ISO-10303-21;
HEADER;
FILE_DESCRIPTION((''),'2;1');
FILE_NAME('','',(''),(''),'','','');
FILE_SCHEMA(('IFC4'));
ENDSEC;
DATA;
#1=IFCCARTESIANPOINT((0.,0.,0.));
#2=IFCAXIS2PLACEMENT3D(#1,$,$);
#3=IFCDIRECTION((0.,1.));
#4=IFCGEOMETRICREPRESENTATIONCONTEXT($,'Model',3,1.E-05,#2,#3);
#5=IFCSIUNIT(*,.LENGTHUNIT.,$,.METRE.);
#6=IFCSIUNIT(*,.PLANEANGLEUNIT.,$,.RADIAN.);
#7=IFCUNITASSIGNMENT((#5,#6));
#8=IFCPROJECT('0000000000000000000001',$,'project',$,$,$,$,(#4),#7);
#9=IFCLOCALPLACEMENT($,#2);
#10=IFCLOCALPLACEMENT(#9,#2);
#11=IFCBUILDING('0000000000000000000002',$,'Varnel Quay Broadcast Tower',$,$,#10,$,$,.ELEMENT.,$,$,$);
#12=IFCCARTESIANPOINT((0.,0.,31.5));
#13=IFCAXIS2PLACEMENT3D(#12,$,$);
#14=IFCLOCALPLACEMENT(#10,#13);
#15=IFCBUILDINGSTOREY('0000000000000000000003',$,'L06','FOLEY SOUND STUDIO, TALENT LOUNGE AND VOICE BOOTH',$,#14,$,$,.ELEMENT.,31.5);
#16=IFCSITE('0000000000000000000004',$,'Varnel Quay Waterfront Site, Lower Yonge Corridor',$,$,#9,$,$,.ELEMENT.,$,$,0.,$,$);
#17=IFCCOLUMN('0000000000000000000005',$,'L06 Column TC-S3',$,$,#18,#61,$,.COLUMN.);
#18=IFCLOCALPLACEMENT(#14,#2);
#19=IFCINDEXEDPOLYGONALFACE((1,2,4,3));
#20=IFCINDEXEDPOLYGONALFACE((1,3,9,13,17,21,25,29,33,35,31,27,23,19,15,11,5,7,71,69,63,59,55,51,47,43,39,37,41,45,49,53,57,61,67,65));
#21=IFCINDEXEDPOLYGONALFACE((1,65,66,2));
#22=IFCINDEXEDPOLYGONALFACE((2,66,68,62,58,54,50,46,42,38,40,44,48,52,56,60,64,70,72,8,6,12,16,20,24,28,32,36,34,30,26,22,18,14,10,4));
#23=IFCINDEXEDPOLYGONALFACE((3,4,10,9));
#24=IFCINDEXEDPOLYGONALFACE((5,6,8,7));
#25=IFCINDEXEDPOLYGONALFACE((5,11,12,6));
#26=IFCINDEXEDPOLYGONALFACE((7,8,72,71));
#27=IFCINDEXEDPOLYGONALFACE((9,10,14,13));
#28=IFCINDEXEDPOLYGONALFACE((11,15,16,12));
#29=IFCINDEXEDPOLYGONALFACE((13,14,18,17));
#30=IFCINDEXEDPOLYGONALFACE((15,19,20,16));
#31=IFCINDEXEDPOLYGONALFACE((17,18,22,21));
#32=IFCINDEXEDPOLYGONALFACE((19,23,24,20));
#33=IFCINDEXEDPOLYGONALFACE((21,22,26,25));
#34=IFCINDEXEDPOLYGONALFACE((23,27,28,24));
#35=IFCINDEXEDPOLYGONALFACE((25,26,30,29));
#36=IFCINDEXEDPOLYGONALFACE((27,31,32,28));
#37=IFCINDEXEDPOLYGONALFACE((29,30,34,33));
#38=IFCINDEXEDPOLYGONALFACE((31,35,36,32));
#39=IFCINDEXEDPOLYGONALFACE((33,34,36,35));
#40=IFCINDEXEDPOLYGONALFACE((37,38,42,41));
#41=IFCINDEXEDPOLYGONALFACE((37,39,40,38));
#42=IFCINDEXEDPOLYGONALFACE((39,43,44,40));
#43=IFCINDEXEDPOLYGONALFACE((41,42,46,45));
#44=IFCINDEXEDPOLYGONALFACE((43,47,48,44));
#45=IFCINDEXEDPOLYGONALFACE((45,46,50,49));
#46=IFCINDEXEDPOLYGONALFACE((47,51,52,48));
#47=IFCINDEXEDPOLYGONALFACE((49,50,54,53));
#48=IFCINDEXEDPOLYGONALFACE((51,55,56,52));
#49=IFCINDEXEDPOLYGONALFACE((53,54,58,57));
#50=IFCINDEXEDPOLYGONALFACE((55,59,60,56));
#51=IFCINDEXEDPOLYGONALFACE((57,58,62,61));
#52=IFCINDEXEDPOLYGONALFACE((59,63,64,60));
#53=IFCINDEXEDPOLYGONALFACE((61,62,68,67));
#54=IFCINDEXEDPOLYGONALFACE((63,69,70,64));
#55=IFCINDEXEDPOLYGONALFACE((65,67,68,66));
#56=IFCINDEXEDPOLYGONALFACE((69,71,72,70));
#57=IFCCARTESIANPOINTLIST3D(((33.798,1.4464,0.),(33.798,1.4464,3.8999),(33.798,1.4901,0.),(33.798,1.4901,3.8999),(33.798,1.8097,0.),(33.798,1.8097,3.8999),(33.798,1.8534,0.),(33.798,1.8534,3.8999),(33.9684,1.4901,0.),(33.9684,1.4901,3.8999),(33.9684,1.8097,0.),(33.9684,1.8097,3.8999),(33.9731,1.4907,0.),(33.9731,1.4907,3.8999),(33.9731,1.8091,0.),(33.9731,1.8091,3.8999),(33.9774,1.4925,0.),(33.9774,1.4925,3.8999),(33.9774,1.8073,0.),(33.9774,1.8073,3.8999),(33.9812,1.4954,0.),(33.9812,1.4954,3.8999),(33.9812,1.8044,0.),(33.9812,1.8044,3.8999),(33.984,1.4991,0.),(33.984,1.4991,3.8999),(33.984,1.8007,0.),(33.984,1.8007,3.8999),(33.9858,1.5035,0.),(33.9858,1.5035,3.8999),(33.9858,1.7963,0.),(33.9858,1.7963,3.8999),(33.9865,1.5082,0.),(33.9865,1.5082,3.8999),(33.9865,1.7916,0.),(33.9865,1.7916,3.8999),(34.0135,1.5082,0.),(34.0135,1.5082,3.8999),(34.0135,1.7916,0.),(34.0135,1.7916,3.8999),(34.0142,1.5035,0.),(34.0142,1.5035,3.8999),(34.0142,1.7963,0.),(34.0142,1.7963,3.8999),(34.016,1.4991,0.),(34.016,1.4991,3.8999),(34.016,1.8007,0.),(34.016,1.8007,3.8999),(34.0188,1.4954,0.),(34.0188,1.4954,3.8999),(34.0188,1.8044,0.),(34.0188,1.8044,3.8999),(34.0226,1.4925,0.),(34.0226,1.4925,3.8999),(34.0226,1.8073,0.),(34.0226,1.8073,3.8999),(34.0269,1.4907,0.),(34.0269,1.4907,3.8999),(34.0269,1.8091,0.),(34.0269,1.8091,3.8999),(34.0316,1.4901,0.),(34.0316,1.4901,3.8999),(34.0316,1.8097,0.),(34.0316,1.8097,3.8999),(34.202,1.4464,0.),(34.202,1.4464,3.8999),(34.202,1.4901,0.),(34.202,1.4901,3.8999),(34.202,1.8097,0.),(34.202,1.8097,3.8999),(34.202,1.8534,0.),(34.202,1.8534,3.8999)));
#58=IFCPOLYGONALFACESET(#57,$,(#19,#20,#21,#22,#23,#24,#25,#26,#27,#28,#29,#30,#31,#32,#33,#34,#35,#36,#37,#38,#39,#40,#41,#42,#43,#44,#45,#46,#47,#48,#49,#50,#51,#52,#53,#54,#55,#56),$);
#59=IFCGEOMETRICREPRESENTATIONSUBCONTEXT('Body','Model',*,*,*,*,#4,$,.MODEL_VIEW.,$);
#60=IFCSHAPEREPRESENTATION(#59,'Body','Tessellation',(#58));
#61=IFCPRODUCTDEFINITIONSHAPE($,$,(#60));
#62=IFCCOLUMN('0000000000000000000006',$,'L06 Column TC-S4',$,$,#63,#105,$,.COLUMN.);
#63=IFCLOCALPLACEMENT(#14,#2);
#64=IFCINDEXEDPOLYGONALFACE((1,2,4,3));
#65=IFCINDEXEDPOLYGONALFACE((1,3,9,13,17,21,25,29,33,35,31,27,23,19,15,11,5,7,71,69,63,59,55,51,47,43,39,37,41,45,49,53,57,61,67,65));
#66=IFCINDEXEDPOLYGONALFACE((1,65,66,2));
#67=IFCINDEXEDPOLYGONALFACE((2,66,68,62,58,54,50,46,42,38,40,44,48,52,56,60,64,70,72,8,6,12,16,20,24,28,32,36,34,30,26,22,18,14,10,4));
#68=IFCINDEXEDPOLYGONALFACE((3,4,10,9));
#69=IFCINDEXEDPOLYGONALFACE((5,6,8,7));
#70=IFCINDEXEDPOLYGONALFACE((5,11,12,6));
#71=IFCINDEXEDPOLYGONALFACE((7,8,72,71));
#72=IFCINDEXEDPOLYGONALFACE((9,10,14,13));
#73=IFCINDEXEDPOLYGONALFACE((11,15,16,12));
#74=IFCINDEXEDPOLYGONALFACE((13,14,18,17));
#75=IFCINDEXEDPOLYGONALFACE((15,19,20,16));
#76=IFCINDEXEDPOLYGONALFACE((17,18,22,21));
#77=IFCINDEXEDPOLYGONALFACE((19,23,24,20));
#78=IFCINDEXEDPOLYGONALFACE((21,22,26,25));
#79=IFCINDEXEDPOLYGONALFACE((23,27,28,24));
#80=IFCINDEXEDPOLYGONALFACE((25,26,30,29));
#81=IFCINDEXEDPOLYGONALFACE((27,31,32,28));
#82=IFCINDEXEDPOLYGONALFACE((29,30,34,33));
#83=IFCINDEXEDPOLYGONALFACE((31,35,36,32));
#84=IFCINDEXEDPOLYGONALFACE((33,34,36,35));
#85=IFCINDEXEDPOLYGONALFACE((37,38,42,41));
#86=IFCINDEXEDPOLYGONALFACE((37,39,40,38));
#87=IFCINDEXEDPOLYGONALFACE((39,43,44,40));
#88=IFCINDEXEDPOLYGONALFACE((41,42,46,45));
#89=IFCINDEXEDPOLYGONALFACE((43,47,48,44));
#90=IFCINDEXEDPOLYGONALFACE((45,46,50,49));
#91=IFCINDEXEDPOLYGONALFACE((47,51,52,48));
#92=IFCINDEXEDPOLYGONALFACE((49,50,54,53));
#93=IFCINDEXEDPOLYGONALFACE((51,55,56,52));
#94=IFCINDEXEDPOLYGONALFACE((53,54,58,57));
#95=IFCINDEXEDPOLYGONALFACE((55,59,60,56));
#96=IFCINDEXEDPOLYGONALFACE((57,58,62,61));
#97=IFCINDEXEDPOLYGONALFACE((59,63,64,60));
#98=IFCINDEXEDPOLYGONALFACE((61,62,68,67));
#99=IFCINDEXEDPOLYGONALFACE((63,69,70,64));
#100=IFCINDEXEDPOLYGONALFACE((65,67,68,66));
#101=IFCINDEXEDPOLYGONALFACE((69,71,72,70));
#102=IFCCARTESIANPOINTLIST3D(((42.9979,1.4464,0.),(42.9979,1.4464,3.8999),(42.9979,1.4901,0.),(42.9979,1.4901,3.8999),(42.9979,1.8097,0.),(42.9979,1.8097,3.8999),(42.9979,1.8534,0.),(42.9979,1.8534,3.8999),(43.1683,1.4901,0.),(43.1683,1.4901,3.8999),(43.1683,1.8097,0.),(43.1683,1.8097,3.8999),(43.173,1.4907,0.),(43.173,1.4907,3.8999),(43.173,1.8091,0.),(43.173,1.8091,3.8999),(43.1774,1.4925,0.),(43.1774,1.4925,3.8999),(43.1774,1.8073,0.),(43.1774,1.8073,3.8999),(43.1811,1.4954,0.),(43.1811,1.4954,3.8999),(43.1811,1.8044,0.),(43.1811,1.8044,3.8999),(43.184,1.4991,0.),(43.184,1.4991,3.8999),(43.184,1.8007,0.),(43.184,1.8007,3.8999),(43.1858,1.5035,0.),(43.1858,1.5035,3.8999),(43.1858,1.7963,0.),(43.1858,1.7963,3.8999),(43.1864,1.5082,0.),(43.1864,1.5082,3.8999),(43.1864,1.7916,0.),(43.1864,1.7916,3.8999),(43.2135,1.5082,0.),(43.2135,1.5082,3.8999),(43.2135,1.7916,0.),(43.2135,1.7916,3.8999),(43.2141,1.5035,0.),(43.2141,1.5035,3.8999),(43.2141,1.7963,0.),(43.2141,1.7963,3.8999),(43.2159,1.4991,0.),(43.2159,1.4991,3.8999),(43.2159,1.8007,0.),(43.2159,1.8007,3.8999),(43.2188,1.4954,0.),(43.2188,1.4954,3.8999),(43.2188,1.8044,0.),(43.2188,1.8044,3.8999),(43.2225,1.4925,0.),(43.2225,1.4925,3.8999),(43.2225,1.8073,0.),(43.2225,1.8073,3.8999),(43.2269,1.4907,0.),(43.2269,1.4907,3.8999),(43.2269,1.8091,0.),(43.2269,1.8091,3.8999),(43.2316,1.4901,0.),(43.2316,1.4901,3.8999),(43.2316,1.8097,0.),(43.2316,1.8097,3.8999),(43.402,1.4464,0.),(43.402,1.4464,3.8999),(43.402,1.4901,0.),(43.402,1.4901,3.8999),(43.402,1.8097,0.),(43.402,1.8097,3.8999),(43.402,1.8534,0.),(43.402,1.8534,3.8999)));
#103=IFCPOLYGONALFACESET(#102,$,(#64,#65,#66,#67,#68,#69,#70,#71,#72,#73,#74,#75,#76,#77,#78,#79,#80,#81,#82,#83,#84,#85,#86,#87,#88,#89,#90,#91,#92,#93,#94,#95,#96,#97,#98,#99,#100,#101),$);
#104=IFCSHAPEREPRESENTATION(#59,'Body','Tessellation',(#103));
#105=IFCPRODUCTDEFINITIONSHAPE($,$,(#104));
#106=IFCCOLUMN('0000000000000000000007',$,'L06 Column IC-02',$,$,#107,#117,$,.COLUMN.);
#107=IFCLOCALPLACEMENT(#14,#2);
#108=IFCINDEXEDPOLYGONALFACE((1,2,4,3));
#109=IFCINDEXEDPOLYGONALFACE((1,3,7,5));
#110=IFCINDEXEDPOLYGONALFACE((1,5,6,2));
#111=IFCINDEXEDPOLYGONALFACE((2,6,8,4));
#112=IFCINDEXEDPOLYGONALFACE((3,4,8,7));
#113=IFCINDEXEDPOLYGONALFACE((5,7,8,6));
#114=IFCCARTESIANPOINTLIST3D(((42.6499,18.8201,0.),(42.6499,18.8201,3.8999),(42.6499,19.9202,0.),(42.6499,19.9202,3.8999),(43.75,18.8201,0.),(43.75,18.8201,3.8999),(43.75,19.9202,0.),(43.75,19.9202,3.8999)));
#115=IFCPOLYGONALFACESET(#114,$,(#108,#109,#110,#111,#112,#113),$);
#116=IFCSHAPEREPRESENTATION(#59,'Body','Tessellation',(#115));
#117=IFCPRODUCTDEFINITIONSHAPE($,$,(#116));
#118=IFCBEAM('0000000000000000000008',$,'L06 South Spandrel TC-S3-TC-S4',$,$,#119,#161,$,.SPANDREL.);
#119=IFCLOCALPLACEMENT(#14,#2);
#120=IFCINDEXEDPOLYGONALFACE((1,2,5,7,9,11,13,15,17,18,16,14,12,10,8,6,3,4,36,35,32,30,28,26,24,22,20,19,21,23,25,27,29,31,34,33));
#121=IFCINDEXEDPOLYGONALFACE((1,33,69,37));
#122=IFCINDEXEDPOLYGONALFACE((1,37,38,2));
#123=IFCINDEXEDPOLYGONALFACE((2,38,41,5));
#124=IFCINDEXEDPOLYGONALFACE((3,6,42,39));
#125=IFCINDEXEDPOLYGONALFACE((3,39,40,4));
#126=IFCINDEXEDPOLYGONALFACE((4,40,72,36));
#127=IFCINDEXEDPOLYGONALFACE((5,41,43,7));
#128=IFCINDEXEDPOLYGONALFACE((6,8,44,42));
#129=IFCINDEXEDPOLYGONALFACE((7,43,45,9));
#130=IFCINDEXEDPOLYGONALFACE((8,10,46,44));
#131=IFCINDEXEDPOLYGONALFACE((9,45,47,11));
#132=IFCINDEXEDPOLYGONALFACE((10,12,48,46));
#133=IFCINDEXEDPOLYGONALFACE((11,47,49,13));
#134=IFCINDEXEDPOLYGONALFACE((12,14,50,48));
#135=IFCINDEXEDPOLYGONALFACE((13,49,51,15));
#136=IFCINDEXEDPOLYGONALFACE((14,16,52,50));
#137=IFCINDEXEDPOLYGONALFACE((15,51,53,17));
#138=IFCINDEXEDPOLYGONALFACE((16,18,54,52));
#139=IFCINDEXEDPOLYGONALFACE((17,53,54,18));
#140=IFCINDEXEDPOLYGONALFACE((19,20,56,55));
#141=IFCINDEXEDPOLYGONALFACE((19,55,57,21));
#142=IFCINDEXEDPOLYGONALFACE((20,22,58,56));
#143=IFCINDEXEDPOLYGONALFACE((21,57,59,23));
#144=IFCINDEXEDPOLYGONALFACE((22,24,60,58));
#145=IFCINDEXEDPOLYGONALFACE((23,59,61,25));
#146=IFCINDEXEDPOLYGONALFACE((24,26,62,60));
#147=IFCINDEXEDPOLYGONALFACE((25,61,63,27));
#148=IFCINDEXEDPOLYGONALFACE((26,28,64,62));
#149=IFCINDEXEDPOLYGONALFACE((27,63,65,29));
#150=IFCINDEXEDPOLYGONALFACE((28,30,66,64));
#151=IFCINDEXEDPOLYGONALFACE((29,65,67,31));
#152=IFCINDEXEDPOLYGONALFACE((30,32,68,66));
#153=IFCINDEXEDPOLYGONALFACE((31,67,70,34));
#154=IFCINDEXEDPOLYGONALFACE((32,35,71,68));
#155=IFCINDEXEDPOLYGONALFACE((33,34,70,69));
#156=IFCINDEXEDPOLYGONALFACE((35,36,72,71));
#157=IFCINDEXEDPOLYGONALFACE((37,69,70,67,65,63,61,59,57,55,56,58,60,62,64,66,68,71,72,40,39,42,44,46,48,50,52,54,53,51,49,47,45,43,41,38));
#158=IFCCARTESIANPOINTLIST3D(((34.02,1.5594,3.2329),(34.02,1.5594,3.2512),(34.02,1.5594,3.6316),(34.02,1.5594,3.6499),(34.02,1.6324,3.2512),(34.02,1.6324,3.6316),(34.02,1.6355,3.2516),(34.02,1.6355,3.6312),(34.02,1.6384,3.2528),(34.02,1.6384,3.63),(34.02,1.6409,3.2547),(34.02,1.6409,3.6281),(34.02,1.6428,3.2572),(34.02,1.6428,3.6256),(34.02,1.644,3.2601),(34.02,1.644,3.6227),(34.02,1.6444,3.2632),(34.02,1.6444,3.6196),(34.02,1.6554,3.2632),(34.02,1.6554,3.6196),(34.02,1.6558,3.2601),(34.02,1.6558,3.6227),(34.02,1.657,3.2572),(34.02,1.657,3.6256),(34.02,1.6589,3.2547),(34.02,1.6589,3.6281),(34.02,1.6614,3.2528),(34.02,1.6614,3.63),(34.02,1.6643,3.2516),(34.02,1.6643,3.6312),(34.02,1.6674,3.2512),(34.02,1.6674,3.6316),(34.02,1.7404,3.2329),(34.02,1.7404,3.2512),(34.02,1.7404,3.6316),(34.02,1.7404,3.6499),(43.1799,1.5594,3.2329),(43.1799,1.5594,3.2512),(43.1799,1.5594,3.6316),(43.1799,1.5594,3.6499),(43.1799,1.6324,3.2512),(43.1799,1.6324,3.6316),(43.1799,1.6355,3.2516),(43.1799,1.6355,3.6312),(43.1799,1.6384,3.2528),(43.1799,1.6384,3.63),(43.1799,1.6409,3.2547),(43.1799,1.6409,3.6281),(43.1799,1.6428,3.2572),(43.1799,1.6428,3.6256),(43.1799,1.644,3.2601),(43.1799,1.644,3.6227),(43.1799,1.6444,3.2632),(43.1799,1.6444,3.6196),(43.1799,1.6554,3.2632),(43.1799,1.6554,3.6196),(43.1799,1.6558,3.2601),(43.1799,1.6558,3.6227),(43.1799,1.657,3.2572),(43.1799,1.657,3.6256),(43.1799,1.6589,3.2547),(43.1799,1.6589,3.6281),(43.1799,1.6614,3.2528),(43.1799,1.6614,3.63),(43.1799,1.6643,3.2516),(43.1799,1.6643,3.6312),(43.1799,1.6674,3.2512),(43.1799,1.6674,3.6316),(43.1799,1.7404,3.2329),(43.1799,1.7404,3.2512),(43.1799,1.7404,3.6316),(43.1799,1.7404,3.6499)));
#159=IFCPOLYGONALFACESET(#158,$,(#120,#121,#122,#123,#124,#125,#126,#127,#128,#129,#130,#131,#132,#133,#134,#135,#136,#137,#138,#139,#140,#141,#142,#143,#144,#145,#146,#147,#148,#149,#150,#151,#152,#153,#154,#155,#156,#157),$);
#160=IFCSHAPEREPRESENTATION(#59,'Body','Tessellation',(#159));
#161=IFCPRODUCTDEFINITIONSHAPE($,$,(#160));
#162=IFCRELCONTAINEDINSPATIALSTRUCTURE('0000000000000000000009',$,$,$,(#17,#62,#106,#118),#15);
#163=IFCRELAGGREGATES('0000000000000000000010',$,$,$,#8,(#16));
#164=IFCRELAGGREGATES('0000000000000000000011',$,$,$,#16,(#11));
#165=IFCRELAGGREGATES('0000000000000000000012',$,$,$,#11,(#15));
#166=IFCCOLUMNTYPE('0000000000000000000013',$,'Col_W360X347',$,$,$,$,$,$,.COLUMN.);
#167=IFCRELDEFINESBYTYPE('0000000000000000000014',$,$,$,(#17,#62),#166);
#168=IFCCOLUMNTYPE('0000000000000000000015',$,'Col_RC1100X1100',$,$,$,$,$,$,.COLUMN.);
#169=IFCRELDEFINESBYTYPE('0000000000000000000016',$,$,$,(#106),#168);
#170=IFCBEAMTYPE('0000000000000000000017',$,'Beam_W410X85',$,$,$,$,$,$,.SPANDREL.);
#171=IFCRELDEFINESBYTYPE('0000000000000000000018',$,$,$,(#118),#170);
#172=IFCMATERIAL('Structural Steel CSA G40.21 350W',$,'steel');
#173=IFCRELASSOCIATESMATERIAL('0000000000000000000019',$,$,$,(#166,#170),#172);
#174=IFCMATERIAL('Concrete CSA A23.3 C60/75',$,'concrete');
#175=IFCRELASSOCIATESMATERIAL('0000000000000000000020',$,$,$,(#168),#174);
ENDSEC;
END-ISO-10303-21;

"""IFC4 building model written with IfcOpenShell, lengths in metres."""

from ifc_helpers import new_model, si_unit, direction, frame, origin, origin_2d, place, context, subcontext, project, spatial, rectangle, i_section, extrude, source, transform, mapped, material, material_profile, profile_set, type_object, type_shapes, element, save


model = new_model("IFC4")

# Units and contexts
model_context = context("Model", 3, precision=1e-05, world=origin(), true_north=direction((0.0, 1.0)))
body_context = subcontext(model_context, "Body", "Model", "MODEL_VIEW")
ifc_project = project(units=[si_unit("LENGTHUNIT", "METRE"), si_unit("PLANEANGLEUNIT", "RADIAN")], contexts=[model_context])

# Site, building, storey
site_placement = place(None, origin())
site = spatial("IfcSite", under=ifc_project, at=site_placement, Name="Varnel Quay Waterfront Site, Lower Yonge Corridor", CompositionType="ELEMENT", RefElevation=0.0)
building_placement = place(site_placement, origin())
building = spatial("IfcBuilding", under=site, at=building_placement, Name="Varnel Quay Broadcast Tower", CompositionType="ELEMENT")
storey_placement = place(building_placement, frame((0.0, 0.0, 31.5)))
storey = spatial("IfcBuildingStorey", under=building, at=storey_placement, Name="L06", Description="FOLEY SOUND STUDIO, TALENT LOUNGE AND VOICE BOOTH", CompositionType="ELEMENT", Elevation=31.5)

# Columns
ifc_material_1 = material(Name="Structural Steel CSA G40.21 350W", Category="steel")
ifc_material_profile_1 = material_profile(ifc_material_1, i_section(OverallWidth=0.4041, OverallDepth=0.407, WebThickness=0.0271, FlangeThickness=0.0437, FilletRadius=0.0181, at=origin_2d()), Name="W360X347")
ifc_profile_set_1 = profile_set([ifc_material_profile_1], Name="Structural Steel CSA G40.21 350W")
column_type_1 = type_object("IfcColumnType", Name="Col_W360X347", PredefinedType="COLUMN", material=ifc_profile_set_1)
shared_shape_1 = source(origin(), body_context, "Body", "SweptSolid", [
    extrude(i_section(OverallWidth=0.4041, OverallDepth=0.407, WebThickness=0.0271, FlangeThickness=0.0437, FilletRadius=0.0181, at=origin_2d()), origin(), (0.0, 0.0, 1.0), 3.8999),
])
type_shapes(column_type_1, [shared_shape_1])
for number, where, z_axis, x_axis, name in (
    (1, (34.0, 1.6499, 0.0), (0.0, 0.0, 1.0), (1.0, 0.0, 0.0), "L06 Column TC-S3"),
    (2, (43.2, 1.6499, 0.0), (0.0, 0.0, 1.0), (1.0, 0.0, 0.0), "L06 Column TC-S4"),
):
    element("IfcColumn", number, at=place(storey_placement, frame(where, z_axis=z_axis, x_axis=x_axis)), inside=storey, type_object=column_type_1, Name=name, PredefinedType="COLUMN", context=body_context, shape_type="MappedRepresentation", body=[
        mapped(shared_shape_1, transform((0.0, 0.0, 0.0), x_axis=(1.0, 0.0, 0.0), y_axis=(0.0, 1.0, 0.0), z_axis=(0.0, 0.0, 1.0), scale=1.0)),
    ])
ifc_material_2 = material(Name="Concrete CSA A23.3 C60/75", Category="concrete")
ifc_material_profile_2 = material_profile(ifc_material_2, rectangle(XDim=1.1001, YDim=1.1001, at=origin_2d()), Name="RC1100X1100")
ifc_profile_set_2 = profile_set([ifc_material_profile_2], Name="Concrete CSA A23.3 C60/75")
column_type_2 = type_object("IfcColumnType", Name="Col_RC1100X1100", PredefinedType="COLUMN", material=ifc_profile_set_2)
shared_shape_2 = source(origin(), body_context, "Body", "SweptSolid", [
    extrude(rectangle(XDim=1.1001, YDim=1.1001, at=origin_2d()), origin(), (0.0, 0.0, 1.0), 3.8999),
])
type_shapes(column_type_2, [shared_shape_2])
column_placement = place(storey_placement, frame((43.2, 19.3701, 0.0), z_axis=(0.0, 0.0, 1.0), x_axis=(1.0, 0.0, 0.0)))
element("IfcColumn", 3, at=column_placement, inside=storey, type_object=column_type_2, Name="L06 Column IC-02", PredefinedType="COLUMN", context=body_context, shape_type="MappedRepresentation", body=[
    mapped(shared_shape_2, transform((0.0, 0.0, 0.0), x_axis=(1.0, 0.0, 0.0), y_axis=(0.0, 1.0, 0.0), z_axis=(0.0, 0.0, 1.0), scale=1.0)),
])

# Beam
ifc_material_profile_3 = material_profile(ifc_material_1, i_section(OverallWidth=0.1809, OverallDepth=0.417, WebThickness=0.011, FlangeThickness=0.0183, FilletRadius=0.012, at=origin_2d()), Name="W410X85")
ifc_profile_set_3 = profile_set([ifc_material_profile_3], Name="Structural Steel CSA G40.21 350W")
beam_type_1 = type_object("IfcBeamType", Name="Beam_W410X85", PredefinedType="SPANDREL", material=ifc_profile_set_3)
shared_shape_3 = source(origin(), body_context, "Body", "SweptSolid", [
    extrude(i_section(OverallWidth=0.1809, OverallDepth=0.417, WebThickness=0.011, FlangeThickness=0.0183, FilletRadius=0.012, at=origin_2d()), origin(), (0.0, 0.0, 1.0), 9.1599),
])
type_shapes(beam_type_1, [shared_shape_3])
for number, where, z_axis, x_axis, name in (
    (4, (34.02, 1.6499, 3.4414), (1.0, 0.0, 0.0), (0.0, 1.0, 0.0), "L06 South Spandrel TC-S3-TC-S4"),
):
    element("IfcBeam", number, at=place(storey_placement, frame(where, z_axis=z_axis, x_axis=x_axis)), inside=storey, type_object=beam_type_1, Name=name, PredefinedType="SPANDREL", context=body_context, shape_type="MappedRepresentation", body=[
        mapped(shared_shape_3, transform((0.0, 0.0, 0.0), x_axis=(1.0, 0.0, 0.0), y_axis=(0.0, 1.0, 0.0), z_axis=(0.0, 0.0, 1.0), scale=1.0)),
    ])

save(model, "model.ifc")
